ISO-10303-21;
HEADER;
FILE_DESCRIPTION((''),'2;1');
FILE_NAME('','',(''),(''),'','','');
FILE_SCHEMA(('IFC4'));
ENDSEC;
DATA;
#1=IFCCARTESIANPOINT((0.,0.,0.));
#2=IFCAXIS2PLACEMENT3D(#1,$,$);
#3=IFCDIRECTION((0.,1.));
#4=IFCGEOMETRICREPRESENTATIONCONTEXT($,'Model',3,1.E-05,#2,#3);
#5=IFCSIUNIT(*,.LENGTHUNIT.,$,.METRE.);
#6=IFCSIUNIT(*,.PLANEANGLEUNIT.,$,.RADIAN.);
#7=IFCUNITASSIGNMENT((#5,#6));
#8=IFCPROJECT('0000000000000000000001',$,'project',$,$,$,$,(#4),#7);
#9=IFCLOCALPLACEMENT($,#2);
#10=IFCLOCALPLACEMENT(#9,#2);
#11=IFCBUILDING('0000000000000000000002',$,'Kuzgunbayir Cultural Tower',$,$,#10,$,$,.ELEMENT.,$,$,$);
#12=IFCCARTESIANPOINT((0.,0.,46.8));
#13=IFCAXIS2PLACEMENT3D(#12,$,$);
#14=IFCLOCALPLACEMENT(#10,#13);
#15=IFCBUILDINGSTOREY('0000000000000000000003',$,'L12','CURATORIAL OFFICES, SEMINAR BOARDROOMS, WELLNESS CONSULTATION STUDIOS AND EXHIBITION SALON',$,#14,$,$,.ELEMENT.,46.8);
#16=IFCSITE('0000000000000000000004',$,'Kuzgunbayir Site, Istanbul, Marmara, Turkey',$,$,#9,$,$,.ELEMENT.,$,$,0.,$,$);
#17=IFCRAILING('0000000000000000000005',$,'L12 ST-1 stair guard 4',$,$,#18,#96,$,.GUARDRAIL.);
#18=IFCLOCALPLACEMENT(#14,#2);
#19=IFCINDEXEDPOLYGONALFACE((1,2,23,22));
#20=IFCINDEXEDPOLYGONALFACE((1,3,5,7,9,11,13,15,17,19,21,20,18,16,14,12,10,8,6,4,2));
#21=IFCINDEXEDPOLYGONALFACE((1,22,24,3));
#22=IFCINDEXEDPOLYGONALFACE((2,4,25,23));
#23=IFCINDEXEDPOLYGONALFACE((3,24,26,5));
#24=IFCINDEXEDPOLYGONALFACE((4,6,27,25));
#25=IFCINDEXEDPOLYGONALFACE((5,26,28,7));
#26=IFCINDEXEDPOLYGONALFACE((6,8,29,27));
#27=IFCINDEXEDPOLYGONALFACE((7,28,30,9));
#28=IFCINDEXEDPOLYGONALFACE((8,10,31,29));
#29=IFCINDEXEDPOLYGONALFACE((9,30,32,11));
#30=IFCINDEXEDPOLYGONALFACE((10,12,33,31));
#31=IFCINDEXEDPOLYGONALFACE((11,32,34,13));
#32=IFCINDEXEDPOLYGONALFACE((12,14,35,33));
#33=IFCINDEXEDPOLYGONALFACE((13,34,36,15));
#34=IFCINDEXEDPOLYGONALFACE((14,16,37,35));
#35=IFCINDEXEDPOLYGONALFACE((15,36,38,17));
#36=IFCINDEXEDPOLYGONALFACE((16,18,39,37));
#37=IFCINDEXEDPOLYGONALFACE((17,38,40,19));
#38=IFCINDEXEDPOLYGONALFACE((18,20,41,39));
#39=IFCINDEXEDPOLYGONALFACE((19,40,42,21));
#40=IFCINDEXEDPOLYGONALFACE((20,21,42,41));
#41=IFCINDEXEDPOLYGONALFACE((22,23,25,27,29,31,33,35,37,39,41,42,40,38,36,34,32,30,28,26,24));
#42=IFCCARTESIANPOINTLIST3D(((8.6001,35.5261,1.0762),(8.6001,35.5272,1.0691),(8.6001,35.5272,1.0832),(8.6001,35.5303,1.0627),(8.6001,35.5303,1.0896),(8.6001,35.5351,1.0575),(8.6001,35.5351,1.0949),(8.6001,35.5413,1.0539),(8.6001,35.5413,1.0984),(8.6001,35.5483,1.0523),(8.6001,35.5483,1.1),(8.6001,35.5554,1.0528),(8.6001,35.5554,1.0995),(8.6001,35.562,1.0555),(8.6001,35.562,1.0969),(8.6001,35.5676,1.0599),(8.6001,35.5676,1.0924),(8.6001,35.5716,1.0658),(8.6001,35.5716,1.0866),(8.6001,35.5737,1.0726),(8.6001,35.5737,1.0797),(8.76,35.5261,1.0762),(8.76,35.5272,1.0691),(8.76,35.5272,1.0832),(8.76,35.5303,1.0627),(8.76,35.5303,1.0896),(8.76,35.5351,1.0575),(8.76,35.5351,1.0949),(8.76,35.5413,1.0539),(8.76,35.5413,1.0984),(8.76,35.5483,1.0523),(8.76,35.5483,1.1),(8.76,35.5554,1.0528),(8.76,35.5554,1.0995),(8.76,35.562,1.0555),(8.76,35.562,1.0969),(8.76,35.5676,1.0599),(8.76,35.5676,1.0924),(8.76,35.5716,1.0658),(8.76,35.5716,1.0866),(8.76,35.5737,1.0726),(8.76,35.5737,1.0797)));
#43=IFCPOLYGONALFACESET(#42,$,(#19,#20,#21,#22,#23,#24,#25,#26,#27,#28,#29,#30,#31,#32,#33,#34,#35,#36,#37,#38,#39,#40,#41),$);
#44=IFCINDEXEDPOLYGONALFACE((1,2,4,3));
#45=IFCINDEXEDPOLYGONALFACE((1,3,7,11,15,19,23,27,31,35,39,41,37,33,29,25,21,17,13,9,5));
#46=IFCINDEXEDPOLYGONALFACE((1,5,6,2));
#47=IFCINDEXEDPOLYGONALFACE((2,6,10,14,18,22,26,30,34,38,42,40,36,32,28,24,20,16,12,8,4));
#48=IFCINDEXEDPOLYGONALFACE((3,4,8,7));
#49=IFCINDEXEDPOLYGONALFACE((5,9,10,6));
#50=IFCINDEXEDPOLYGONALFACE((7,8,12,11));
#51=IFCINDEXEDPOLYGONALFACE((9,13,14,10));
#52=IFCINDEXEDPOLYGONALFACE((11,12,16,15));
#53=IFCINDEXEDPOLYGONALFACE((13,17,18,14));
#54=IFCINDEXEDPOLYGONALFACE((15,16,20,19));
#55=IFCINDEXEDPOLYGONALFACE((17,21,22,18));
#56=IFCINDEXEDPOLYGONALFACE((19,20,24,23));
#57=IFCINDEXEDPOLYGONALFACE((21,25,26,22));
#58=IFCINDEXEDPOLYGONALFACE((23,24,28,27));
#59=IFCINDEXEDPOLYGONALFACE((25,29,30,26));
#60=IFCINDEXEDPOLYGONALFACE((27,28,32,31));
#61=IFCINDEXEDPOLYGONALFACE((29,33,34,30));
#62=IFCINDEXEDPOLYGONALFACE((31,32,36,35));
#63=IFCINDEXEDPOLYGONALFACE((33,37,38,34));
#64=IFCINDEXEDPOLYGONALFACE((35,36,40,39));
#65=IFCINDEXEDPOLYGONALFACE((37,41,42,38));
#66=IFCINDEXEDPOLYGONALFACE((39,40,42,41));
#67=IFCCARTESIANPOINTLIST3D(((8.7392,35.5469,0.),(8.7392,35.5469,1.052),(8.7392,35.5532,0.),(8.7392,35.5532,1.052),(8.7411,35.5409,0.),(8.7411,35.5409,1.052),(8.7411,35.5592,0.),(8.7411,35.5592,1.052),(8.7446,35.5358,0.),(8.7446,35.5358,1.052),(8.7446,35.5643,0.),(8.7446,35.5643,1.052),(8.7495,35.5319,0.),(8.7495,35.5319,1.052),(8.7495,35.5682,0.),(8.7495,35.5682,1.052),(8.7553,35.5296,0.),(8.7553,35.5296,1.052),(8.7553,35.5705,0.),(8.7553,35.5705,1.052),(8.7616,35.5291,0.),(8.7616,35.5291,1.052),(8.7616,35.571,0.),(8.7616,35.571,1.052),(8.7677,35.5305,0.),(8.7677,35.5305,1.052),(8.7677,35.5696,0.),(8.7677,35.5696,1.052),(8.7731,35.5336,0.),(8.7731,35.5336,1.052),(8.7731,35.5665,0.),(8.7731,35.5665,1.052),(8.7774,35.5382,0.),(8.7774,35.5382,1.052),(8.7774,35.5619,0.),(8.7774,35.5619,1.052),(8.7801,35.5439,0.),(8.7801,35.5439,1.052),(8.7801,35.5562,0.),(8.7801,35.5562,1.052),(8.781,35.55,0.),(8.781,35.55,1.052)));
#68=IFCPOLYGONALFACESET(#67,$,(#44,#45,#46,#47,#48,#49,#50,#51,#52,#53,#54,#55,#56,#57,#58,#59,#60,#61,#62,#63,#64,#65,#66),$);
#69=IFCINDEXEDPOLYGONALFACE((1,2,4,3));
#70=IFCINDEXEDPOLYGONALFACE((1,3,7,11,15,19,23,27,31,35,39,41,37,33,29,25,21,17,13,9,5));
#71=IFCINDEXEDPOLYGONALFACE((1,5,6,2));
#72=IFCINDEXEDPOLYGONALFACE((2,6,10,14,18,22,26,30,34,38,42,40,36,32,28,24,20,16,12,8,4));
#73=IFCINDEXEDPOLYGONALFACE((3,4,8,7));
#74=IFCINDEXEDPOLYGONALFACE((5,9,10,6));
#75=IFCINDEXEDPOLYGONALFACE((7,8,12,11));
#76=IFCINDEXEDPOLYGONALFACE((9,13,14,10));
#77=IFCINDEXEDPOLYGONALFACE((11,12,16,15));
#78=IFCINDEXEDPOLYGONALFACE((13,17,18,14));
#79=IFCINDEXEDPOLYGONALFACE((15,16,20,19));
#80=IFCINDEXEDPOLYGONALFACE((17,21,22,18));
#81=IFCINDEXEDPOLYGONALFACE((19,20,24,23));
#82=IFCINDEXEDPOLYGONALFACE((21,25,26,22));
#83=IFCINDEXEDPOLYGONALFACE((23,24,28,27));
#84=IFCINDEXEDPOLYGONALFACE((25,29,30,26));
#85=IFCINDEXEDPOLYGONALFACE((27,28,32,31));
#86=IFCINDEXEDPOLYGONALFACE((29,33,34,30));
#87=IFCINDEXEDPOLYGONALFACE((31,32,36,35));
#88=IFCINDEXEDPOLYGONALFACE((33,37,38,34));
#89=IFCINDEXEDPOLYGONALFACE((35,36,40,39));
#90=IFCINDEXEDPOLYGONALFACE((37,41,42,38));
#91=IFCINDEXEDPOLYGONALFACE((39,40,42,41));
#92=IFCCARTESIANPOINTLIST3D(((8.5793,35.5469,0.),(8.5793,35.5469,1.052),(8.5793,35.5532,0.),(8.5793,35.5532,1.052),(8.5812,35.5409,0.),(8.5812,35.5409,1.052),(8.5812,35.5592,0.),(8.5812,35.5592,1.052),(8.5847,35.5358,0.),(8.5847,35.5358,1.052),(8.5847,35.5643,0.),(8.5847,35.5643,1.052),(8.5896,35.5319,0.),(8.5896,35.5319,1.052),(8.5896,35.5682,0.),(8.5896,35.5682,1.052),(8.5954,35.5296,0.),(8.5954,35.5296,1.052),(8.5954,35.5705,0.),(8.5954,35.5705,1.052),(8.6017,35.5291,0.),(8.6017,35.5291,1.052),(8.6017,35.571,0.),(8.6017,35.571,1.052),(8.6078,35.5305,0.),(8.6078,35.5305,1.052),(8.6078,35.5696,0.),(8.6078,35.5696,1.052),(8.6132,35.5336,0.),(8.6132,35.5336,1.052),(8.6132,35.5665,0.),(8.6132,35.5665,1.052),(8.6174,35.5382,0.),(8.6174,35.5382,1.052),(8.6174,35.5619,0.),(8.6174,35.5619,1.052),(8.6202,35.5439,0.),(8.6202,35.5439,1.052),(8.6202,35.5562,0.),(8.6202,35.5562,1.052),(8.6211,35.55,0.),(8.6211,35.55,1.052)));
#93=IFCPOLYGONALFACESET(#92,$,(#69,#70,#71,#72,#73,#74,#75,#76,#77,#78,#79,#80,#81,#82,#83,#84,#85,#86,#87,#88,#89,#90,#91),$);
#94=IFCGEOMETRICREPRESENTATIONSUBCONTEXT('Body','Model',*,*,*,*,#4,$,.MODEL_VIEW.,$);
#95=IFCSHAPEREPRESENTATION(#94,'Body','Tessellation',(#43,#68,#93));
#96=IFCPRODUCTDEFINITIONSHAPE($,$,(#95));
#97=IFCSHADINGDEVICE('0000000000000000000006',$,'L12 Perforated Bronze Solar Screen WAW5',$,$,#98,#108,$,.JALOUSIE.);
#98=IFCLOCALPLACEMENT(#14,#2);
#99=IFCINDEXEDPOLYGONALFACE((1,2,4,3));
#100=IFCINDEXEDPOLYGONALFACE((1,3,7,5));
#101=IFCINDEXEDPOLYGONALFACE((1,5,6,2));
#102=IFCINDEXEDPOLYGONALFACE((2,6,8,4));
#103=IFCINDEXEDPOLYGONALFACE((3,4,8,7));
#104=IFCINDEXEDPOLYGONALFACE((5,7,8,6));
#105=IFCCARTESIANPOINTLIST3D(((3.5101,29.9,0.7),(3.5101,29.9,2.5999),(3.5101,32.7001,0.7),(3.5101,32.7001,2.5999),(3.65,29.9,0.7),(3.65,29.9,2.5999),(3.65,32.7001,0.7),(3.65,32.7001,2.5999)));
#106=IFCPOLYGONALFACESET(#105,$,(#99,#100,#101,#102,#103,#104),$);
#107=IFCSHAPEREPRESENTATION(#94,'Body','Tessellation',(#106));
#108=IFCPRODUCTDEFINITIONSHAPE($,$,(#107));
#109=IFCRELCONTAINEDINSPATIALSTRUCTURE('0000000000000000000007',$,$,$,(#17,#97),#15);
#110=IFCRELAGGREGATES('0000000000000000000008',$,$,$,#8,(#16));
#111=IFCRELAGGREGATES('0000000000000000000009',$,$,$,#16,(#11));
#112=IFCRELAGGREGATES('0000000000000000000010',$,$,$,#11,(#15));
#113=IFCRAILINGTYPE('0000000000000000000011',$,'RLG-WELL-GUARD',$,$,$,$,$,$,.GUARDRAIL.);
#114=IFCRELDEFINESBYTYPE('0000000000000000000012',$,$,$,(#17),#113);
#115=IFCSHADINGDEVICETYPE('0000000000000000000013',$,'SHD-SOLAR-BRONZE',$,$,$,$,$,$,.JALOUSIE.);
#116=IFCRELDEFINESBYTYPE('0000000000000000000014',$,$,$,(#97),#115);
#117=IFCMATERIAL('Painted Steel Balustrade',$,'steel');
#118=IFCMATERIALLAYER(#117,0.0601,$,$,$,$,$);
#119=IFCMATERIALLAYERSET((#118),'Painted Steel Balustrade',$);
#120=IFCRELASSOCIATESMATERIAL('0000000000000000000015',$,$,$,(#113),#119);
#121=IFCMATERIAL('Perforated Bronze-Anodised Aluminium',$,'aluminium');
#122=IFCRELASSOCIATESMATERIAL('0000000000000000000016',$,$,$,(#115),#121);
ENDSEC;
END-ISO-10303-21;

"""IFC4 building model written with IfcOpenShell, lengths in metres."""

from ifc_helpers import new_model, si_unit, direction, frame, origin, origin_2d, place, context, subcontext, project, spatial, rectangle, circle, extrude, material, layer, layer_set, type_object, element, save


model = new_model("IFC4")

# Units and contexts
model_context = context("Model", 3, precision=1e-05, world=origin(), true_north=direction((0.0, 1.0)))
body_context = subcontext(model_context, "Body", "Model", "MODEL_VIEW")
ifc_project = project(units=[si_unit("LENGTHUNIT", "METRE"), si_unit("PLANEANGLEUNIT", "RADIAN")], contexts=[model_context])

# Site, building, storey
site_placement = place(None, origin())
site = spatial("IfcSite", under=ifc_project, at=site_placement, Name="Kuzgunbayir Site, Istanbul, Marmara, Turkey", CompositionType="ELEMENT", RefElevation=0.0)
building_placement = place(site_placement, origin())
building = spatial("IfcBuilding", under=site, at=building_placement, Name="Kuzgunbayir Cultural Tower", CompositionType="ELEMENT")
storey_placement = place(building_placement, frame((0.0, 0.0, 46.8)))
storey = spatial("IfcBuildingStorey", under=building, at=storey_placement, Name="L12", Description="CURATORIAL OFFICES, SEMINAR BOARDROOMS, WELLNESS CONSULTATION STUDIOS AND EXHIBITION SALON", CompositionType="ELEMENT", Elevation=46.8)

# Shared definitions
ifc_material_1 = material(Name="Perforated Bronze-Anodised Aluminium", Category="aluminium")

# Railing
ifc_material_2 = material(Name="Painted Steel Balustrade", Category="steel")
ifc_layer_1 = layer(ifc_material_2, 0.0601)
ifc_layer_set_1 = layer_set([ifc_layer_1], Name="Painted Steel Balustrade")
railing_type = type_object("IfcRailingType", Name="RLG-WELL-GUARD", PredefinedType="GUARDRAIL", material=ifc_layer_set_1)
railing_placement = place(storey_placement, frame((8.76, 35.55, 0.0)))
element("IfcRailing", 1, at=railing_placement, inside=storey, type_object=railing_type, Name="L12 ST-1 stair guard 4", PredefinedType="GUARDRAIL", context=body_context, shape_type="SweptSolid", body=[
    extrude(circle(Radius=0.0239, at=origin_2d()), frame((0.0, 0.0, 1.0762), z_axis=(-1.0, 0.0, 0.0), x_axis=(0.0, -1.0, 0.0)), (0.0, 0.0, 1.0), 0.1599),
    extrude(circle(Radius=0.021, at=origin_2d()), origin(), (0.0, 0.0, 1.0), 1.052),
    extrude(circle(Radius=0.021, at=origin_2d()), frame((-0.1599, 0.0, 0.0)), (0.0, 0.0, 1.0), 1.052),
])

# Shading device
shading_device_type = type_object("IfcShadingDeviceType", Name="SHD-SOLAR-BRONZE", PredefinedType="JALOUSIE", material=ifc_material_1)
shading_device_placement = place(storey_placement, frame((3.5801, 31.3, 0.7), z_axis=(0.0, 0.0, 1.0), x_axis=(1.0, 0.0, 0.0)))
element("IfcShadingDevice", 2, at=shading_device_placement, inside=storey, type_object=shading_device_type, Name="L12 Perforated Bronze Solar Screen WAW5", PredefinedType="JALOUSIE", context=body_context, shape_type="SweptSolid", body=[
    extrude(rectangle(XDim=0.1399, YDim=2.8, at=origin_2d()), origin(), (0.0, 0.0, 1.0), 1.8999),
])

save(model, "model.ifc")
